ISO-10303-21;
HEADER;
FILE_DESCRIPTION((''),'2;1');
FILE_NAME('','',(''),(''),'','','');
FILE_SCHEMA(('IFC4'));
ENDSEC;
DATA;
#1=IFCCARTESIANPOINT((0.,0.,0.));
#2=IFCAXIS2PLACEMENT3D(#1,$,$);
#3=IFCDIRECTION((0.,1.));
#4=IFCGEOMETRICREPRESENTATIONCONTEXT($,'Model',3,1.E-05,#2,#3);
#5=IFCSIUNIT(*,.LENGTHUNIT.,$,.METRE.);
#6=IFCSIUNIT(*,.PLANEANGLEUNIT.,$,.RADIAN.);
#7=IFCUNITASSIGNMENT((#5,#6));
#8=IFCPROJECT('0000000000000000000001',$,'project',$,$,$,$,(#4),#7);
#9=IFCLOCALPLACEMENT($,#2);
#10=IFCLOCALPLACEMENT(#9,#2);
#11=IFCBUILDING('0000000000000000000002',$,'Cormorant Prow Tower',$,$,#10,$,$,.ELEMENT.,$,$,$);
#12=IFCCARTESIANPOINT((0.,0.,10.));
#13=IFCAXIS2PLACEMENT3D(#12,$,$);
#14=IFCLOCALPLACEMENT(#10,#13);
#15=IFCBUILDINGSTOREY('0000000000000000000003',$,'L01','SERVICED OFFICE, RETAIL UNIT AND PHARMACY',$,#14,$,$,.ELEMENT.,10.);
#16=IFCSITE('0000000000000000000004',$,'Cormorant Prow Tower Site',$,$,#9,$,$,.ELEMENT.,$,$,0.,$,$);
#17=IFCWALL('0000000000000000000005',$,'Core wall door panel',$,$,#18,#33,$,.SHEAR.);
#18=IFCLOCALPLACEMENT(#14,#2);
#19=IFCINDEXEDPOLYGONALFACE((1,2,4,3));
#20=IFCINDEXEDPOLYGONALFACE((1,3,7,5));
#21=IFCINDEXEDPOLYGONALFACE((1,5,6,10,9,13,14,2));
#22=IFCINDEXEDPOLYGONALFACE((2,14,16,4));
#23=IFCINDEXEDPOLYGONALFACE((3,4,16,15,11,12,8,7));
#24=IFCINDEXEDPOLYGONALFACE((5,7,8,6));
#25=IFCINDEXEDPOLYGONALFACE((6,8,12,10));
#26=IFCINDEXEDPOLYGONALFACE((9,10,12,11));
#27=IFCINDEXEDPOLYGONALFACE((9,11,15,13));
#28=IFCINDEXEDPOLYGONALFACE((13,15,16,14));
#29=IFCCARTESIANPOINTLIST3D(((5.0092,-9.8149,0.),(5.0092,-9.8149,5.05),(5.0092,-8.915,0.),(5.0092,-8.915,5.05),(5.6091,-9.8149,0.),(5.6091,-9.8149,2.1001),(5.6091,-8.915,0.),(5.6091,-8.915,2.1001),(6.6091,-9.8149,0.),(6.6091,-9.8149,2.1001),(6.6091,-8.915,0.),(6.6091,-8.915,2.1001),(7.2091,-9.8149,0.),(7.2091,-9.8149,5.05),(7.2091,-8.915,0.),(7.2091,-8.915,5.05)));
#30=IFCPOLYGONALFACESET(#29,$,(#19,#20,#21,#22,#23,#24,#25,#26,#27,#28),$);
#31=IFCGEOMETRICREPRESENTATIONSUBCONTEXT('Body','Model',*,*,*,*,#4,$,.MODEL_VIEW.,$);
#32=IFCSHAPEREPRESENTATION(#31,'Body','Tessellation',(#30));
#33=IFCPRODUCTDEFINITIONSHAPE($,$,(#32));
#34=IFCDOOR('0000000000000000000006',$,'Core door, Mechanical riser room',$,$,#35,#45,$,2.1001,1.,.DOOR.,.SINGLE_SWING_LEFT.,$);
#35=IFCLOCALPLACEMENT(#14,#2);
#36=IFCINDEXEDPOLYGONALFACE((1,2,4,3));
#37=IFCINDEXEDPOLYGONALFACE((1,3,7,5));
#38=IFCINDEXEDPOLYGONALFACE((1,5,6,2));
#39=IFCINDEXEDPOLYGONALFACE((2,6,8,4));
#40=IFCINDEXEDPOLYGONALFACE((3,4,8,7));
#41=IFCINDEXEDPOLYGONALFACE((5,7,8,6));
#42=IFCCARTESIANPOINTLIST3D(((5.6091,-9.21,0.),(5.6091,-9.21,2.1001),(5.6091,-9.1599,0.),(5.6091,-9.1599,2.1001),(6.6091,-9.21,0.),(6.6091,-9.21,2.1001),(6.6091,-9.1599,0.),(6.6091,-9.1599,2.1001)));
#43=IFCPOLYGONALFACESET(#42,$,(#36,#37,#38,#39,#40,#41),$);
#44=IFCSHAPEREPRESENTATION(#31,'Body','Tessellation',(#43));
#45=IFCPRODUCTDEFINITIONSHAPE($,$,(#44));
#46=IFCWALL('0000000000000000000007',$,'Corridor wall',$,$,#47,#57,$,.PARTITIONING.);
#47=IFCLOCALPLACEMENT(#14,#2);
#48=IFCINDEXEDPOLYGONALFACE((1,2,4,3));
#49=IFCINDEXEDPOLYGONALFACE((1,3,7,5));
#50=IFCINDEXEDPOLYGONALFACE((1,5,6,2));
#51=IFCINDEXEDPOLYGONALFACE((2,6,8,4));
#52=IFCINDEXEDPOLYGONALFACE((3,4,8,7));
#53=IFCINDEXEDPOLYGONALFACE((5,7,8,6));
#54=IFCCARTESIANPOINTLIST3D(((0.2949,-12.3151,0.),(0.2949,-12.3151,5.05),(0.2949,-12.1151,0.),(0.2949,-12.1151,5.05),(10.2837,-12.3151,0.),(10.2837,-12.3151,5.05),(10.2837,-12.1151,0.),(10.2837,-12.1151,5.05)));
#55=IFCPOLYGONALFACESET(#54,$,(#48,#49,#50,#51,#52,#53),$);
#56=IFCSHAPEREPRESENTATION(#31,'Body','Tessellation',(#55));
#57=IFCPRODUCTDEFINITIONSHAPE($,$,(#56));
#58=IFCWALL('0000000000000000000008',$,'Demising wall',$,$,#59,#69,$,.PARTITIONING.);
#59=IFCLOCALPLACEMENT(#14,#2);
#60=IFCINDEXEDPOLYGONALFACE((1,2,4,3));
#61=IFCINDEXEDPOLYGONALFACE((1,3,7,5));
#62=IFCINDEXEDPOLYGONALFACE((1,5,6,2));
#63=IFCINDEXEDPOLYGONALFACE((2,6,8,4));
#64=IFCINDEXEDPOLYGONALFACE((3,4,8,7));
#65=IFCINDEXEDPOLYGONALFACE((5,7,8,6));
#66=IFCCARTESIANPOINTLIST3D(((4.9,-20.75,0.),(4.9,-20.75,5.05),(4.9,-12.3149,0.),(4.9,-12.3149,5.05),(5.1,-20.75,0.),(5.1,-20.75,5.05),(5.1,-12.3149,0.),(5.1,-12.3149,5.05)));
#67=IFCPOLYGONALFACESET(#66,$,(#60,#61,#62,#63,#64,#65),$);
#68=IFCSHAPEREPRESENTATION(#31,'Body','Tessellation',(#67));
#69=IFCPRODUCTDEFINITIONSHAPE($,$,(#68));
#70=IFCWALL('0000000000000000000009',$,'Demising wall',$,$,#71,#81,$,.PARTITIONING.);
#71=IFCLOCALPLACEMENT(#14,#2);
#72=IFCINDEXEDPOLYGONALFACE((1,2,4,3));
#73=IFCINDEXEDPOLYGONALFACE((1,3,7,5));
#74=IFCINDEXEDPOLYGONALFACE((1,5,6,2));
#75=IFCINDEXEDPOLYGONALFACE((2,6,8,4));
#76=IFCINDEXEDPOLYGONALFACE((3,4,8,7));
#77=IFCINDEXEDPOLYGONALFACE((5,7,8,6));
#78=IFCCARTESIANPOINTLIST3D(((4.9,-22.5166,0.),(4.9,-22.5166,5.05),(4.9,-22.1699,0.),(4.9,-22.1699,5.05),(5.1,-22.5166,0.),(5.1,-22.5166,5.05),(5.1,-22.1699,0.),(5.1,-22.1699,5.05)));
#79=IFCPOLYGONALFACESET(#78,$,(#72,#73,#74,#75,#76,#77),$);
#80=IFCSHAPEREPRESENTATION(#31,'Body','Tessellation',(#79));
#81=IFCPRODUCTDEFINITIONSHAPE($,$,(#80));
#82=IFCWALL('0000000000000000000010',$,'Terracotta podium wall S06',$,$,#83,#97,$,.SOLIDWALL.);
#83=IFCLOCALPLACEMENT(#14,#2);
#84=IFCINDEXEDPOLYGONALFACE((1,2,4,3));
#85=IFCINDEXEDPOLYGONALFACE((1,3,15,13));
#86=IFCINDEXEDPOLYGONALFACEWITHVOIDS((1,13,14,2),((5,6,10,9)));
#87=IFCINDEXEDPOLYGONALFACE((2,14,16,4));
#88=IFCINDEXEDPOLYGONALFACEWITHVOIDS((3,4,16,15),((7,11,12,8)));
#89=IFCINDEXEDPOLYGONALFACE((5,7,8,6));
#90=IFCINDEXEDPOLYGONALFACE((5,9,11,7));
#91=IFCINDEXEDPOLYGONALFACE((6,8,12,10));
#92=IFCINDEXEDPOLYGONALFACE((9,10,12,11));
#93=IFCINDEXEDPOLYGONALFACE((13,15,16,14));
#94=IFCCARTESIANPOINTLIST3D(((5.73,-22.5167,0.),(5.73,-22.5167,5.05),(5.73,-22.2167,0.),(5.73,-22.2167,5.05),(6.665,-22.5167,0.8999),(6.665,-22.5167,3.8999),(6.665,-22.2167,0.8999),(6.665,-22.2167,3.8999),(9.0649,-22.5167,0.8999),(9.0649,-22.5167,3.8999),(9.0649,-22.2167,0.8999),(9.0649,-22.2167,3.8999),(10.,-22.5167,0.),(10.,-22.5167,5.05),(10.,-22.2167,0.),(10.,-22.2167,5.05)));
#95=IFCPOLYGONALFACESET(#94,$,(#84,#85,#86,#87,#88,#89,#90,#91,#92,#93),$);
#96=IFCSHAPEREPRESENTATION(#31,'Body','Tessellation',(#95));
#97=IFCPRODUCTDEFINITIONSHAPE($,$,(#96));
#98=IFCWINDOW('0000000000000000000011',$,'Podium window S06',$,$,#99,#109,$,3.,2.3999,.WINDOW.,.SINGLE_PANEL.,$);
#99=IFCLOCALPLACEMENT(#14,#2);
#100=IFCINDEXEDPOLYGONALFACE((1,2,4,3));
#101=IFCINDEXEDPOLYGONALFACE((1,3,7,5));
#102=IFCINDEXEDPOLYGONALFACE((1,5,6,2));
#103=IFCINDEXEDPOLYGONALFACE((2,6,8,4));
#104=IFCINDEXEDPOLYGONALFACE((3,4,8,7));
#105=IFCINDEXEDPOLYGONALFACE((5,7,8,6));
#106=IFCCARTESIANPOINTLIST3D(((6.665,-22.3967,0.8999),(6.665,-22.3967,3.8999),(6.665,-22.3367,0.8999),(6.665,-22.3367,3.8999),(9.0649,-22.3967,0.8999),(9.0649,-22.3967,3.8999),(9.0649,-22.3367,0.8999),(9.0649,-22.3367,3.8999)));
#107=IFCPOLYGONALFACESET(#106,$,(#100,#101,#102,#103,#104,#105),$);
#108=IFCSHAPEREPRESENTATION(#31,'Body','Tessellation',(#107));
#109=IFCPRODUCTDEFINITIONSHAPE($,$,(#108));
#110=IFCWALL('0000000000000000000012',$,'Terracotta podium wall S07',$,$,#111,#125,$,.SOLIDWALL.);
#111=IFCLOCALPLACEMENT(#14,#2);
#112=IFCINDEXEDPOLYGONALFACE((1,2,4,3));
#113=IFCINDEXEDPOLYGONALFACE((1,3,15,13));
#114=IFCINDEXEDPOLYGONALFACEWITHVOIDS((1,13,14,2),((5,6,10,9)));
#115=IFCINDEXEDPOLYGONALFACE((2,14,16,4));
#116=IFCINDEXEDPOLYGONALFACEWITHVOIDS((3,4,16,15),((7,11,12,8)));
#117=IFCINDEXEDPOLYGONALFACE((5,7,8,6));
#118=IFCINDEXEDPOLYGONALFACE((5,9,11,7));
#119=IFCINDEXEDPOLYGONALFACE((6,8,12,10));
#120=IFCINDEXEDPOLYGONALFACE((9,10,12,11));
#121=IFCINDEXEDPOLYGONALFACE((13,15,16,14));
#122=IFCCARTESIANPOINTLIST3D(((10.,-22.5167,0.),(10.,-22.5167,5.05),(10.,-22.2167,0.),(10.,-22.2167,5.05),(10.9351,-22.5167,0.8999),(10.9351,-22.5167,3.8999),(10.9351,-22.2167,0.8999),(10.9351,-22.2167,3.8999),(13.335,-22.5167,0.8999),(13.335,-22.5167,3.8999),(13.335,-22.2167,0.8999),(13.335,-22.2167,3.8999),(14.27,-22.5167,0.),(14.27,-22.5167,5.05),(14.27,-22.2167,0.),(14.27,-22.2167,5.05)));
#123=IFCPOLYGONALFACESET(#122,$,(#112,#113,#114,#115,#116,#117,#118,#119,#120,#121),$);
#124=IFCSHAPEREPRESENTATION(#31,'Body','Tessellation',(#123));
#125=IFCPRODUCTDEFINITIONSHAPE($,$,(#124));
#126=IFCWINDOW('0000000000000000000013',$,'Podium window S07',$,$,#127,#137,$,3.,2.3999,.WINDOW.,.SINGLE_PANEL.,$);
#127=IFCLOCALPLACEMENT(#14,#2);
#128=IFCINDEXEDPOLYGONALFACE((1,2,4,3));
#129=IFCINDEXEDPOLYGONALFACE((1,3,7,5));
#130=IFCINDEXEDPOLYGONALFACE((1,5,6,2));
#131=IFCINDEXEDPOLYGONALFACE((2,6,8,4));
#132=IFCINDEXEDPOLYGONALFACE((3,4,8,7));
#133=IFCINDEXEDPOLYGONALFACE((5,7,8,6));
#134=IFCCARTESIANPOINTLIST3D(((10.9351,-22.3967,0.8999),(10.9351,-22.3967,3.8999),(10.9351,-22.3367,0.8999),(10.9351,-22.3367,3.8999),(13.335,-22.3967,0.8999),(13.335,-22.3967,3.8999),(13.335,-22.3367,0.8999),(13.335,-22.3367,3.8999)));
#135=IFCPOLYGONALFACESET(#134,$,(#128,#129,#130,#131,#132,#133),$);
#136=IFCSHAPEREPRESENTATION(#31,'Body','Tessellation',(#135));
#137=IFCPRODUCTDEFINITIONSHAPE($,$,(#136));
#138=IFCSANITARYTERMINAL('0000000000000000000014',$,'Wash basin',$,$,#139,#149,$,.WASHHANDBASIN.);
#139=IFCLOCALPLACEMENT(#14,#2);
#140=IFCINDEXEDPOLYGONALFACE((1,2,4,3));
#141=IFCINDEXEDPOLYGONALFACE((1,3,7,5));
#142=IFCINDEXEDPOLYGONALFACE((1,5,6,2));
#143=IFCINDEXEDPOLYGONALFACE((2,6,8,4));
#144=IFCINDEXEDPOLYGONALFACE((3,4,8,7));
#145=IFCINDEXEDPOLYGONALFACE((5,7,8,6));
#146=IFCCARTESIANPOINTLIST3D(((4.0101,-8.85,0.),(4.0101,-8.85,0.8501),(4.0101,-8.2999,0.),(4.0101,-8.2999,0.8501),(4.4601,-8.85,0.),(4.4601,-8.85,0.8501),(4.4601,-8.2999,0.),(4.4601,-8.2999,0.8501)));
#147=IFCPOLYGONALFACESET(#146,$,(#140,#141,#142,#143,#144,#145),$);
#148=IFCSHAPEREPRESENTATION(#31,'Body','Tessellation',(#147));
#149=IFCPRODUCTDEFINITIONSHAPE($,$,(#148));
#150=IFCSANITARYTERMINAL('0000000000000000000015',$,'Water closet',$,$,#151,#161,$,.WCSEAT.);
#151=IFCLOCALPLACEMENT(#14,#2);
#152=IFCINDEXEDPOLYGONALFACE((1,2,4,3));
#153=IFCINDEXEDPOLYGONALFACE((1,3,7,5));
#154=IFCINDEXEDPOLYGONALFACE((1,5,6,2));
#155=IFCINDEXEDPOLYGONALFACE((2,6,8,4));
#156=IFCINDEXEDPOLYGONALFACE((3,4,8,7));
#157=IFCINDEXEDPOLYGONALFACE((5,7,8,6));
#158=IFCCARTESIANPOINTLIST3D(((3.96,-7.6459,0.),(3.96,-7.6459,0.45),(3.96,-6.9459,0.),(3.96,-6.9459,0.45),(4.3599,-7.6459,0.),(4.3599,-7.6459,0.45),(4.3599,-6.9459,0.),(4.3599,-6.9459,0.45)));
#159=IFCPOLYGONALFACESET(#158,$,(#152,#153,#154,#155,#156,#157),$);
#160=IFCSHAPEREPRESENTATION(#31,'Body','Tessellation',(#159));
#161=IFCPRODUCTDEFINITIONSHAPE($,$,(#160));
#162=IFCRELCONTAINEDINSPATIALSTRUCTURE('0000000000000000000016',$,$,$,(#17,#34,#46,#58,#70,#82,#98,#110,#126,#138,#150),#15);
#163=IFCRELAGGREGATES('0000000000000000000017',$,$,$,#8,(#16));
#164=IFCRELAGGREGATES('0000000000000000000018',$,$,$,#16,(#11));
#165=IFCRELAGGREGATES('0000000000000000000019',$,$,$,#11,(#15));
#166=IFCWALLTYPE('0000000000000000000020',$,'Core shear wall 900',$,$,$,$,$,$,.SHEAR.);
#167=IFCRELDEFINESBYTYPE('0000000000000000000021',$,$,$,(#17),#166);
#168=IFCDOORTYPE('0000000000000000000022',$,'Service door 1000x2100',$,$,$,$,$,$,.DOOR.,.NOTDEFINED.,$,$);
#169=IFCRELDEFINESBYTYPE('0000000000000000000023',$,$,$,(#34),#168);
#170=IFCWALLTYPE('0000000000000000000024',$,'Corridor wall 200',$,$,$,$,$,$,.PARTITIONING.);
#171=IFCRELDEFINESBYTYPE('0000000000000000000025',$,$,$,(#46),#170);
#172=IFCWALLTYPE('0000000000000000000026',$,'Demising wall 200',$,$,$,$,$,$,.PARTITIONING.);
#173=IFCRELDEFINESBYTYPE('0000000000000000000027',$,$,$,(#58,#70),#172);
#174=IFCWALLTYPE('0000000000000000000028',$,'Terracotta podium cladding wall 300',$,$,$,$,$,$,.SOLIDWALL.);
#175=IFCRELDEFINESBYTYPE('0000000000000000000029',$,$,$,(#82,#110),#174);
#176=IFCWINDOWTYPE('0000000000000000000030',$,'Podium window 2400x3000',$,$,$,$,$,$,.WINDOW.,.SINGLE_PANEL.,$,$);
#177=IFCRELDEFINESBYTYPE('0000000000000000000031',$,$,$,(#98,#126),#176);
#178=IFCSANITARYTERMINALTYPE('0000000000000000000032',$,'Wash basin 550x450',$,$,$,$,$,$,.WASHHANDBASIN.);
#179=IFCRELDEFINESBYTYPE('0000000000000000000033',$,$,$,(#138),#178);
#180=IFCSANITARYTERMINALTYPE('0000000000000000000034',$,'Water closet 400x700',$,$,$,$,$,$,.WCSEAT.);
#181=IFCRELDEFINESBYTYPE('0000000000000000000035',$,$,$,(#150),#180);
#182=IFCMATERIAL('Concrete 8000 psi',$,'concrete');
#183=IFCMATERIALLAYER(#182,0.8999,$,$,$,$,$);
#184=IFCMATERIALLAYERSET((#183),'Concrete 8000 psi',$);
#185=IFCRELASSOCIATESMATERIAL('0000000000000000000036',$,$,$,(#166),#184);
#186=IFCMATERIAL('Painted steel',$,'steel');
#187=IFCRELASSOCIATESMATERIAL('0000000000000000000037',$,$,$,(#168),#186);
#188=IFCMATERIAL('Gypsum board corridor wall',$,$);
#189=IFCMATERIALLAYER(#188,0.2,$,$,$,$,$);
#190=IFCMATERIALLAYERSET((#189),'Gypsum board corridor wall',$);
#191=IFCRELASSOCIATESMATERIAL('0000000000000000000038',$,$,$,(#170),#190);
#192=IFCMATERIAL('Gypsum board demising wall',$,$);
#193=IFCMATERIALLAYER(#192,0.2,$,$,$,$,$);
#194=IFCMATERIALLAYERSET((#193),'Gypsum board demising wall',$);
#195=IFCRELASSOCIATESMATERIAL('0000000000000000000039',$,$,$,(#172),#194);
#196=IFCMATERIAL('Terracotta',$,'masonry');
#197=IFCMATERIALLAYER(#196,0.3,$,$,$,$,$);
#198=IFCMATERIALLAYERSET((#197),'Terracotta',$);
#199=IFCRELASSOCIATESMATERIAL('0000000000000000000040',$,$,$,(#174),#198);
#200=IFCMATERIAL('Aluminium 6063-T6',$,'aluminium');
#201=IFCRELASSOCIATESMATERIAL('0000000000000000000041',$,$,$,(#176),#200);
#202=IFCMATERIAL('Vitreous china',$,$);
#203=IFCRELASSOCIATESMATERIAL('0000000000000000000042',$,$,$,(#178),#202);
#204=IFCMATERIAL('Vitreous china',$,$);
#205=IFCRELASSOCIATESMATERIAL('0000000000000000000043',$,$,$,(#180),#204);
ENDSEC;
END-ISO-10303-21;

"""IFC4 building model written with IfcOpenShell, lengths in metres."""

from ifc_helpers import new_model, si_unit, direction, frame, frame_2d, origin, origin_2d, place, context, subcontext, project, spatial, rectangle, extrude, material, layer, layer_set, type_object, element, fill, save


model = new_model("IFC4")

# Units and contexts
model_context = context("Model", 3, precision=1e-05, world=origin(), true_north=direction((0.0, 1.0)))
body_context = subcontext(model_context, "Body", "Model", "MODEL_VIEW")
ifc_project = project(units=[si_unit("LENGTHUNIT", "METRE"), si_unit("PLANEANGLEUNIT", "RADIAN")], contexts=[model_context])

# Site, building, storey
site_placement = place(None, origin())
site = spatial("IfcSite", under=ifc_project, at=site_placement, Name="Cormorant Prow Tower Site", CompositionType="ELEMENT", RefElevation=0.0)
building_placement = place(site_placement, origin())
building = spatial("IfcBuilding", under=site, at=building_placement, Name="Cormorant Prow Tower", CompositionType="ELEMENT")
storey_placement = place(building_placement, frame((0.0, 0.0, 10.0)))
storey = spatial("IfcBuildingStorey", under=building, at=storey_placement, Name="L01", Description="SERVICED OFFICE, RETAIL UNIT AND PHARMACY", CompositionType="ELEMENT", Elevation=10.0)

# Shared definitions
ifc_material_1 = material(Name="Concrete 8000 psi", Category="concrete")
ifc_layer_1 = layer(ifc_material_1, 0.8999)
ifc_layer_set_1 = layer_set([ifc_layer_1], Name="Concrete 8000 psi")
wall_type_1 = type_object("IfcWallType", Name="Core shear wall 900", PredefinedType="SHEAR", material=ifc_layer_set_1)

# Wall, opening, door
ifc_material_2 = material(Name="Painted steel", Category="steel")
door_type = type_object("IfcDoorType", Name="Service door 1000x2100", OperationType="NOTDEFINED", PredefinedType="DOOR", material=ifc_material_2)
wall_1_placement = place(storey_placement, frame((5.009, -9.365, 0.0), z_axis=(0.0, 0.0, 1.0), x_axis=(1.0, 0.0, 0.0)))
wall_1 = element("IfcWall", 1, at=wall_1_placement, inside=storey, type_object=wall_type_1, Name="Core wall door panel", PredefinedType="SHEAR", context=body_context, shape_type="SweptSolid", body=[
    extrude(rectangle(XDim=2.2, YDim=0.8999, at=frame_2d((1.1001, 0.0))), origin(), (0.0, 0.0, 1.0), 5.05),
])
opening_1_placement = place(wall_1_placement, frame((0.6001, 0.0, 0.0)))
opening_1 = element("IfcOpeningElement", 2, at=opening_1_placement, cuts=wall_1, PredefinedType="OPENING", context=body_context, shape_type="SweptSolid", body=[
    extrude(rectangle(XDim=1.0, YDim=2.1001, at=frame_2d((0.5, 1.05))), frame((0.0, 0.46, 0.0), z_axis=(0.0, -1.0, 0.0), x_axis=(1.0, 0.0, 0.0)), (0.0, 0.0, 1.0), 0.9199),
])
door_1_placement = place(opening_1_placement, origin())
door_1 = element("IfcDoor", 3, at=door_1_placement, inside=storey, type_object=door_type, Name="Core door, Mechanical riser room", OperationType="SINGLE_SWING_LEFT", OverallHeight=2.1001, OverallWidth=1.0, PredefinedType="DOOR", context=body_context, shape_type="SweptSolid", body=[
    extrude(rectangle(XDim=1.0, YDim=2.1001, at=frame_2d((0.5, 1.05))), frame((0.0, 0.2051, 0.0), z_axis=(0.0, -1.0, 0.0), x_axis=(1.0, 0.0, 0.0)), (0.0, 0.0, 1.0), 0.05),
])
fill(opening_1, door_1)

# Walls
ifc_material_3 = material(Name="Gypsum board corridor wall")
ifc_layer_2 = layer(ifc_material_3, 0.2)
ifc_layer_set_2 = layer_set([ifc_layer_2], Name="Gypsum board corridor wall")
wall_type_2 = type_object("IfcWallType", Name="Corridor wall 200", PredefinedType="PARTITIONING", material=ifc_layer_set_2)
wall_2_placement = place(storey_placement, frame((0.2949, -12.2151, 0.0), z_axis=(0.0, 0.0, 1.0), x_axis=(1.0, 0.0, 0.0)))
element("IfcWall", 4, at=wall_2_placement, inside=storey, type_object=wall_type_2, Name="Corridor wall", PredefinedType="PARTITIONING", context=body_context, shape_type="SweptSolid", body=[
    extrude(rectangle(XDim=9.9888, YDim=0.2, at=frame_2d((4.9944, 0.0))), origin(), (0.0, 0.0, 1.0), 5.05),
])
ifc_material_4 = material(Name="Gypsum board demising wall")
ifc_layer_3 = layer(ifc_material_4, 0.2)
ifc_layer_set_3 = layer_set([ifc_layer_3], Name="Gypsum board demising wall")
wall_type_3 = type_object("IfcWallType", Name="Demising wall 200", PredefinedType="PARTITIONING", material=ifc_layer_set_3)
wall_3_placement = place(storey_placement, frame((5.0, -20.75, 0.0), z_axis=(0.0, 0.0, 1.0), x_axis=(0.0, 1.0, 0.0)))
element("IfcWall", 5, at=wall_3_placement, inside=storey, type_object=wall_type_3, Name="Demising wall", PredefinedType="PARTITIONING", context=body_context, shape_type="SweptSolid", body=[
    extrude(rectangle(XDim=8.4351, YDim=0.2, at=frame_2d((4.2175, 0.0))), origin(), (0.0, 0.0, 1.0), 5.05),
])
wall_4_placement = place(storey_placement, frame((5.0, -22.5166, 0.0), z_axis=(0.0, 0.0, 1.0), x_axis=(0.0, 1.0, 0.0)))
element("IfcWall", 6, at=wall_4_placement, inside=storey, type_object=wall_type_3, Name="Demising wall", PredefinedType="PARTITIONING", context=body_context, shape_type="SweptSolid", body=[
    extrude(rectangle(XDim=0.3467, YDim=0.2, at=frame_2d((0.1733, 0.0))), origin(), (0.0, 0.0, 1.0), 5.05),
])

# Walls, openings, windows
ifc_material_5 = material(Name="Terracotta", Category="masonry")
ifc_layer_4 = layer(ifc_material_5, 0.3)
ifc_layer_set_4 = layer_set([ifc_layer_4], Name="Terracotta")
wall_type_4 = type_object("IfcWallType", Name="Terracotta podium cladding wall 300", PredefinedType="SOLIDWALL", material=ifc_layer_set_4)
wall_5_placement = place(storey_placement, frame((5.73, -22.3667, 0.0), z_axis=(0.0, 0.0, 1.0), x_axis=(1.0, 0.0, 0.0)))
wall_5 = element("IfcWall", 7, at=wall_5_placement, inside=storey, type_object=wall_type_4, Name="Terracotta podium wall S06", PredefinedType="SOLIDWALL", context=body_context, shape_type="SweptSolid", body=[
    extrude(rectangle(XDim=4.27, YDim=0.3, at=frame_2d((2.135, 0.0))), origin(), (0.0, 0.0, 1.0), 5.05),
])
opening_2_placement = place(wall_5_placement, frame((0.9351, 0.0, 0.8999)))
opening_2 = element("IfcOpeningElement", 8, at=opening_2_placement, cuts=wall_5, PredefinedType="OPENING", context=body_context, shape_type="SweptSolid", body=[
    extrude(rectangle(XDim=2.3999, YDim=3.0, at=frame_2d((1.2, 1.5))), frame((0.0, 0.1599, 0.0), z_axis=(0.0, -1.0, 0.0), x_axis=(1.0, 0.0, 0.0)), (0.0, 0.0, 1.0), 0.3201),
])
ifc_material_6 = material(Name="Aluminium 6063-T6", Category="aluminium")
window_type = type_object("IfcWindowType", Name="Podium window 2400x3000", PartitioningType="SINGLE_PANEL", PredefinedType="WINDOW", material=ifc_material_6)
window_1_placement = place(opening_2_placement, origin())
window_1 = element("IfcWindow", 9, at=window_1_placement, inside=storey, type_object=window_type, Name="Podium window S06", OverallHeight=3.0, OverallWidth=2.3999, PartitioningType="SINGLE_PANEL", PredefinedType="WINDOW", context=body_context, shape_type="SweptSolid", body=[
    extrude(rectangle(XDim=2.3999, YDim=3.0, at=frame_2d((1.2, 1.5))), frame((0.0, 0.03, 0.0), z_axis=(0.0, -1.0, 0.0), x_axis=(1.0, 0.0, 0.0)), (0.0, 0.0, 1.0), 0.0601),
])
fill(opening_2, window_1)
wall_6_placement = place(storey_placement, frame((10.0, -22.3667, 0.0), z_axis=(0.0, 0.0, 1.0), x_axis=(1.0, 0.0, 0.0)))
wall_6 = element("IfcWall", 10, at=wall_6_placement, inside=storey, type_object=wall_type_4, Name="Terracotta podium wall S07", PredefinedType="SOLIDWALL", context=body_context, shape_type="SweptSolid", body=[
    extrude(rectangle(XDim=4.27, YDim=0.3, at=frame_2d((2.135, 0.0))), origin(), (0.0, 0.0, 1.0), 5.05),
])
opening_3_placement = place(wall_6_placement, frame((0.9351, 0.0, 0.8999)))
opening_3 = element("IfcOpeningElement", 11, at=opening_3_placement, cuts=wall_6, PredefinedType="OPENING", context=body_context, shape_type="SweptSolid", body=[
    extrude(rectangle(XDim=2.3999, YDim=3.0, at=frame_2d((1.2, 1.5))), frame((0.0, 0.1599, 0.0), z_axis=(0.0, -1.0, 0.0), x_axis=(1.0, 0.0, 0.0)), (0.0, 0.0, 1.0), 0.3201),
])
window_2_placement = place(opening_3_placement, origin())
window_2 = element("IfcWindow", 12, at=window_2_placement, inside=storey, type_object=window_type, Name="Podium window S07", OverallHeight=3.0, OverallWidth=2.3999, PartitioningType="SINGLE_PANEL", PredefinedType="WINDOW", context=body_context, shape_type="SweptSolid", body=[
    extrude(rectangle(XDim=2.3999, YDim=3.0, at=frame_2d((1.2, 1.5))), frame((0.0, 0.03, 0.0), z_axis=(0.0, -1.0, 0.0), x_axis=(1.0, 0.0, 0.0)), (0.0, 0.0, 1.0), 0.0601),
])
fill(opening_3, window_2)

# Sanitary terminals
ifc_material_7 = material(Name="Vitreous china")
sanitary_terminal_type_1 = type_object("IfcSanitaryTerminalType", Name="Wash basin 550x450", PredefinedType="WASHHANDBASIN", material=ifc_material_7)
sanitary_terminal_1_placement = place(storey_placement, frame((4.2351, -8.575, 0.0), z_axis=(0.0, 0.0, 1.0), x_axis=(0.0, 1.0, 0.0)))
element("IfcSanitaryTerminal", 13, at=sanitary_terminal_1_placement, inside=storey, type_object=sanitary_terminal_type_1, Name="Wash basin", PredefinedType="WASHHANDBASIN", context=body_context, shape_type="SweptSolid", body=[
    extrude(rectangle(XDim=0.55, YDim=0.45, at=origin_2d()), origin(), (0.0, 0.0, 1.0), 0.8501),
])
ifc_material_8 = material(Name="Vitreous china")
sanitary_terminal_type_2 = type_object("IfcSanitaryTerminalType", Name="Water closet 400x700", PredefinedType="WCSEAT", material=ifc_material_8)
sanitary_terminal_2_placement = place(storey_placement, frame((4.1599, -7.2959, 0.0), z_axis=(0.0, 0.0, 1.0), x_axis=(-1.0, 0.0, 0.0)))
element("IfcSanitaryTerminal", 14, at=sanitary_terminal_2_placement, inside=storey, type_object=sanitary_terminal_type_2, Name="Water closet", PredefinedType="WCSEAT", context=body_context, shape_type="SweptSolid", body=[
    extrude(rectangle(XDim=0.3999, YDim=0.7, at=origin_2d()), origin(), (0.0, 0.0, 1.0), 0.45),
])

save(model, "model.ifc")
